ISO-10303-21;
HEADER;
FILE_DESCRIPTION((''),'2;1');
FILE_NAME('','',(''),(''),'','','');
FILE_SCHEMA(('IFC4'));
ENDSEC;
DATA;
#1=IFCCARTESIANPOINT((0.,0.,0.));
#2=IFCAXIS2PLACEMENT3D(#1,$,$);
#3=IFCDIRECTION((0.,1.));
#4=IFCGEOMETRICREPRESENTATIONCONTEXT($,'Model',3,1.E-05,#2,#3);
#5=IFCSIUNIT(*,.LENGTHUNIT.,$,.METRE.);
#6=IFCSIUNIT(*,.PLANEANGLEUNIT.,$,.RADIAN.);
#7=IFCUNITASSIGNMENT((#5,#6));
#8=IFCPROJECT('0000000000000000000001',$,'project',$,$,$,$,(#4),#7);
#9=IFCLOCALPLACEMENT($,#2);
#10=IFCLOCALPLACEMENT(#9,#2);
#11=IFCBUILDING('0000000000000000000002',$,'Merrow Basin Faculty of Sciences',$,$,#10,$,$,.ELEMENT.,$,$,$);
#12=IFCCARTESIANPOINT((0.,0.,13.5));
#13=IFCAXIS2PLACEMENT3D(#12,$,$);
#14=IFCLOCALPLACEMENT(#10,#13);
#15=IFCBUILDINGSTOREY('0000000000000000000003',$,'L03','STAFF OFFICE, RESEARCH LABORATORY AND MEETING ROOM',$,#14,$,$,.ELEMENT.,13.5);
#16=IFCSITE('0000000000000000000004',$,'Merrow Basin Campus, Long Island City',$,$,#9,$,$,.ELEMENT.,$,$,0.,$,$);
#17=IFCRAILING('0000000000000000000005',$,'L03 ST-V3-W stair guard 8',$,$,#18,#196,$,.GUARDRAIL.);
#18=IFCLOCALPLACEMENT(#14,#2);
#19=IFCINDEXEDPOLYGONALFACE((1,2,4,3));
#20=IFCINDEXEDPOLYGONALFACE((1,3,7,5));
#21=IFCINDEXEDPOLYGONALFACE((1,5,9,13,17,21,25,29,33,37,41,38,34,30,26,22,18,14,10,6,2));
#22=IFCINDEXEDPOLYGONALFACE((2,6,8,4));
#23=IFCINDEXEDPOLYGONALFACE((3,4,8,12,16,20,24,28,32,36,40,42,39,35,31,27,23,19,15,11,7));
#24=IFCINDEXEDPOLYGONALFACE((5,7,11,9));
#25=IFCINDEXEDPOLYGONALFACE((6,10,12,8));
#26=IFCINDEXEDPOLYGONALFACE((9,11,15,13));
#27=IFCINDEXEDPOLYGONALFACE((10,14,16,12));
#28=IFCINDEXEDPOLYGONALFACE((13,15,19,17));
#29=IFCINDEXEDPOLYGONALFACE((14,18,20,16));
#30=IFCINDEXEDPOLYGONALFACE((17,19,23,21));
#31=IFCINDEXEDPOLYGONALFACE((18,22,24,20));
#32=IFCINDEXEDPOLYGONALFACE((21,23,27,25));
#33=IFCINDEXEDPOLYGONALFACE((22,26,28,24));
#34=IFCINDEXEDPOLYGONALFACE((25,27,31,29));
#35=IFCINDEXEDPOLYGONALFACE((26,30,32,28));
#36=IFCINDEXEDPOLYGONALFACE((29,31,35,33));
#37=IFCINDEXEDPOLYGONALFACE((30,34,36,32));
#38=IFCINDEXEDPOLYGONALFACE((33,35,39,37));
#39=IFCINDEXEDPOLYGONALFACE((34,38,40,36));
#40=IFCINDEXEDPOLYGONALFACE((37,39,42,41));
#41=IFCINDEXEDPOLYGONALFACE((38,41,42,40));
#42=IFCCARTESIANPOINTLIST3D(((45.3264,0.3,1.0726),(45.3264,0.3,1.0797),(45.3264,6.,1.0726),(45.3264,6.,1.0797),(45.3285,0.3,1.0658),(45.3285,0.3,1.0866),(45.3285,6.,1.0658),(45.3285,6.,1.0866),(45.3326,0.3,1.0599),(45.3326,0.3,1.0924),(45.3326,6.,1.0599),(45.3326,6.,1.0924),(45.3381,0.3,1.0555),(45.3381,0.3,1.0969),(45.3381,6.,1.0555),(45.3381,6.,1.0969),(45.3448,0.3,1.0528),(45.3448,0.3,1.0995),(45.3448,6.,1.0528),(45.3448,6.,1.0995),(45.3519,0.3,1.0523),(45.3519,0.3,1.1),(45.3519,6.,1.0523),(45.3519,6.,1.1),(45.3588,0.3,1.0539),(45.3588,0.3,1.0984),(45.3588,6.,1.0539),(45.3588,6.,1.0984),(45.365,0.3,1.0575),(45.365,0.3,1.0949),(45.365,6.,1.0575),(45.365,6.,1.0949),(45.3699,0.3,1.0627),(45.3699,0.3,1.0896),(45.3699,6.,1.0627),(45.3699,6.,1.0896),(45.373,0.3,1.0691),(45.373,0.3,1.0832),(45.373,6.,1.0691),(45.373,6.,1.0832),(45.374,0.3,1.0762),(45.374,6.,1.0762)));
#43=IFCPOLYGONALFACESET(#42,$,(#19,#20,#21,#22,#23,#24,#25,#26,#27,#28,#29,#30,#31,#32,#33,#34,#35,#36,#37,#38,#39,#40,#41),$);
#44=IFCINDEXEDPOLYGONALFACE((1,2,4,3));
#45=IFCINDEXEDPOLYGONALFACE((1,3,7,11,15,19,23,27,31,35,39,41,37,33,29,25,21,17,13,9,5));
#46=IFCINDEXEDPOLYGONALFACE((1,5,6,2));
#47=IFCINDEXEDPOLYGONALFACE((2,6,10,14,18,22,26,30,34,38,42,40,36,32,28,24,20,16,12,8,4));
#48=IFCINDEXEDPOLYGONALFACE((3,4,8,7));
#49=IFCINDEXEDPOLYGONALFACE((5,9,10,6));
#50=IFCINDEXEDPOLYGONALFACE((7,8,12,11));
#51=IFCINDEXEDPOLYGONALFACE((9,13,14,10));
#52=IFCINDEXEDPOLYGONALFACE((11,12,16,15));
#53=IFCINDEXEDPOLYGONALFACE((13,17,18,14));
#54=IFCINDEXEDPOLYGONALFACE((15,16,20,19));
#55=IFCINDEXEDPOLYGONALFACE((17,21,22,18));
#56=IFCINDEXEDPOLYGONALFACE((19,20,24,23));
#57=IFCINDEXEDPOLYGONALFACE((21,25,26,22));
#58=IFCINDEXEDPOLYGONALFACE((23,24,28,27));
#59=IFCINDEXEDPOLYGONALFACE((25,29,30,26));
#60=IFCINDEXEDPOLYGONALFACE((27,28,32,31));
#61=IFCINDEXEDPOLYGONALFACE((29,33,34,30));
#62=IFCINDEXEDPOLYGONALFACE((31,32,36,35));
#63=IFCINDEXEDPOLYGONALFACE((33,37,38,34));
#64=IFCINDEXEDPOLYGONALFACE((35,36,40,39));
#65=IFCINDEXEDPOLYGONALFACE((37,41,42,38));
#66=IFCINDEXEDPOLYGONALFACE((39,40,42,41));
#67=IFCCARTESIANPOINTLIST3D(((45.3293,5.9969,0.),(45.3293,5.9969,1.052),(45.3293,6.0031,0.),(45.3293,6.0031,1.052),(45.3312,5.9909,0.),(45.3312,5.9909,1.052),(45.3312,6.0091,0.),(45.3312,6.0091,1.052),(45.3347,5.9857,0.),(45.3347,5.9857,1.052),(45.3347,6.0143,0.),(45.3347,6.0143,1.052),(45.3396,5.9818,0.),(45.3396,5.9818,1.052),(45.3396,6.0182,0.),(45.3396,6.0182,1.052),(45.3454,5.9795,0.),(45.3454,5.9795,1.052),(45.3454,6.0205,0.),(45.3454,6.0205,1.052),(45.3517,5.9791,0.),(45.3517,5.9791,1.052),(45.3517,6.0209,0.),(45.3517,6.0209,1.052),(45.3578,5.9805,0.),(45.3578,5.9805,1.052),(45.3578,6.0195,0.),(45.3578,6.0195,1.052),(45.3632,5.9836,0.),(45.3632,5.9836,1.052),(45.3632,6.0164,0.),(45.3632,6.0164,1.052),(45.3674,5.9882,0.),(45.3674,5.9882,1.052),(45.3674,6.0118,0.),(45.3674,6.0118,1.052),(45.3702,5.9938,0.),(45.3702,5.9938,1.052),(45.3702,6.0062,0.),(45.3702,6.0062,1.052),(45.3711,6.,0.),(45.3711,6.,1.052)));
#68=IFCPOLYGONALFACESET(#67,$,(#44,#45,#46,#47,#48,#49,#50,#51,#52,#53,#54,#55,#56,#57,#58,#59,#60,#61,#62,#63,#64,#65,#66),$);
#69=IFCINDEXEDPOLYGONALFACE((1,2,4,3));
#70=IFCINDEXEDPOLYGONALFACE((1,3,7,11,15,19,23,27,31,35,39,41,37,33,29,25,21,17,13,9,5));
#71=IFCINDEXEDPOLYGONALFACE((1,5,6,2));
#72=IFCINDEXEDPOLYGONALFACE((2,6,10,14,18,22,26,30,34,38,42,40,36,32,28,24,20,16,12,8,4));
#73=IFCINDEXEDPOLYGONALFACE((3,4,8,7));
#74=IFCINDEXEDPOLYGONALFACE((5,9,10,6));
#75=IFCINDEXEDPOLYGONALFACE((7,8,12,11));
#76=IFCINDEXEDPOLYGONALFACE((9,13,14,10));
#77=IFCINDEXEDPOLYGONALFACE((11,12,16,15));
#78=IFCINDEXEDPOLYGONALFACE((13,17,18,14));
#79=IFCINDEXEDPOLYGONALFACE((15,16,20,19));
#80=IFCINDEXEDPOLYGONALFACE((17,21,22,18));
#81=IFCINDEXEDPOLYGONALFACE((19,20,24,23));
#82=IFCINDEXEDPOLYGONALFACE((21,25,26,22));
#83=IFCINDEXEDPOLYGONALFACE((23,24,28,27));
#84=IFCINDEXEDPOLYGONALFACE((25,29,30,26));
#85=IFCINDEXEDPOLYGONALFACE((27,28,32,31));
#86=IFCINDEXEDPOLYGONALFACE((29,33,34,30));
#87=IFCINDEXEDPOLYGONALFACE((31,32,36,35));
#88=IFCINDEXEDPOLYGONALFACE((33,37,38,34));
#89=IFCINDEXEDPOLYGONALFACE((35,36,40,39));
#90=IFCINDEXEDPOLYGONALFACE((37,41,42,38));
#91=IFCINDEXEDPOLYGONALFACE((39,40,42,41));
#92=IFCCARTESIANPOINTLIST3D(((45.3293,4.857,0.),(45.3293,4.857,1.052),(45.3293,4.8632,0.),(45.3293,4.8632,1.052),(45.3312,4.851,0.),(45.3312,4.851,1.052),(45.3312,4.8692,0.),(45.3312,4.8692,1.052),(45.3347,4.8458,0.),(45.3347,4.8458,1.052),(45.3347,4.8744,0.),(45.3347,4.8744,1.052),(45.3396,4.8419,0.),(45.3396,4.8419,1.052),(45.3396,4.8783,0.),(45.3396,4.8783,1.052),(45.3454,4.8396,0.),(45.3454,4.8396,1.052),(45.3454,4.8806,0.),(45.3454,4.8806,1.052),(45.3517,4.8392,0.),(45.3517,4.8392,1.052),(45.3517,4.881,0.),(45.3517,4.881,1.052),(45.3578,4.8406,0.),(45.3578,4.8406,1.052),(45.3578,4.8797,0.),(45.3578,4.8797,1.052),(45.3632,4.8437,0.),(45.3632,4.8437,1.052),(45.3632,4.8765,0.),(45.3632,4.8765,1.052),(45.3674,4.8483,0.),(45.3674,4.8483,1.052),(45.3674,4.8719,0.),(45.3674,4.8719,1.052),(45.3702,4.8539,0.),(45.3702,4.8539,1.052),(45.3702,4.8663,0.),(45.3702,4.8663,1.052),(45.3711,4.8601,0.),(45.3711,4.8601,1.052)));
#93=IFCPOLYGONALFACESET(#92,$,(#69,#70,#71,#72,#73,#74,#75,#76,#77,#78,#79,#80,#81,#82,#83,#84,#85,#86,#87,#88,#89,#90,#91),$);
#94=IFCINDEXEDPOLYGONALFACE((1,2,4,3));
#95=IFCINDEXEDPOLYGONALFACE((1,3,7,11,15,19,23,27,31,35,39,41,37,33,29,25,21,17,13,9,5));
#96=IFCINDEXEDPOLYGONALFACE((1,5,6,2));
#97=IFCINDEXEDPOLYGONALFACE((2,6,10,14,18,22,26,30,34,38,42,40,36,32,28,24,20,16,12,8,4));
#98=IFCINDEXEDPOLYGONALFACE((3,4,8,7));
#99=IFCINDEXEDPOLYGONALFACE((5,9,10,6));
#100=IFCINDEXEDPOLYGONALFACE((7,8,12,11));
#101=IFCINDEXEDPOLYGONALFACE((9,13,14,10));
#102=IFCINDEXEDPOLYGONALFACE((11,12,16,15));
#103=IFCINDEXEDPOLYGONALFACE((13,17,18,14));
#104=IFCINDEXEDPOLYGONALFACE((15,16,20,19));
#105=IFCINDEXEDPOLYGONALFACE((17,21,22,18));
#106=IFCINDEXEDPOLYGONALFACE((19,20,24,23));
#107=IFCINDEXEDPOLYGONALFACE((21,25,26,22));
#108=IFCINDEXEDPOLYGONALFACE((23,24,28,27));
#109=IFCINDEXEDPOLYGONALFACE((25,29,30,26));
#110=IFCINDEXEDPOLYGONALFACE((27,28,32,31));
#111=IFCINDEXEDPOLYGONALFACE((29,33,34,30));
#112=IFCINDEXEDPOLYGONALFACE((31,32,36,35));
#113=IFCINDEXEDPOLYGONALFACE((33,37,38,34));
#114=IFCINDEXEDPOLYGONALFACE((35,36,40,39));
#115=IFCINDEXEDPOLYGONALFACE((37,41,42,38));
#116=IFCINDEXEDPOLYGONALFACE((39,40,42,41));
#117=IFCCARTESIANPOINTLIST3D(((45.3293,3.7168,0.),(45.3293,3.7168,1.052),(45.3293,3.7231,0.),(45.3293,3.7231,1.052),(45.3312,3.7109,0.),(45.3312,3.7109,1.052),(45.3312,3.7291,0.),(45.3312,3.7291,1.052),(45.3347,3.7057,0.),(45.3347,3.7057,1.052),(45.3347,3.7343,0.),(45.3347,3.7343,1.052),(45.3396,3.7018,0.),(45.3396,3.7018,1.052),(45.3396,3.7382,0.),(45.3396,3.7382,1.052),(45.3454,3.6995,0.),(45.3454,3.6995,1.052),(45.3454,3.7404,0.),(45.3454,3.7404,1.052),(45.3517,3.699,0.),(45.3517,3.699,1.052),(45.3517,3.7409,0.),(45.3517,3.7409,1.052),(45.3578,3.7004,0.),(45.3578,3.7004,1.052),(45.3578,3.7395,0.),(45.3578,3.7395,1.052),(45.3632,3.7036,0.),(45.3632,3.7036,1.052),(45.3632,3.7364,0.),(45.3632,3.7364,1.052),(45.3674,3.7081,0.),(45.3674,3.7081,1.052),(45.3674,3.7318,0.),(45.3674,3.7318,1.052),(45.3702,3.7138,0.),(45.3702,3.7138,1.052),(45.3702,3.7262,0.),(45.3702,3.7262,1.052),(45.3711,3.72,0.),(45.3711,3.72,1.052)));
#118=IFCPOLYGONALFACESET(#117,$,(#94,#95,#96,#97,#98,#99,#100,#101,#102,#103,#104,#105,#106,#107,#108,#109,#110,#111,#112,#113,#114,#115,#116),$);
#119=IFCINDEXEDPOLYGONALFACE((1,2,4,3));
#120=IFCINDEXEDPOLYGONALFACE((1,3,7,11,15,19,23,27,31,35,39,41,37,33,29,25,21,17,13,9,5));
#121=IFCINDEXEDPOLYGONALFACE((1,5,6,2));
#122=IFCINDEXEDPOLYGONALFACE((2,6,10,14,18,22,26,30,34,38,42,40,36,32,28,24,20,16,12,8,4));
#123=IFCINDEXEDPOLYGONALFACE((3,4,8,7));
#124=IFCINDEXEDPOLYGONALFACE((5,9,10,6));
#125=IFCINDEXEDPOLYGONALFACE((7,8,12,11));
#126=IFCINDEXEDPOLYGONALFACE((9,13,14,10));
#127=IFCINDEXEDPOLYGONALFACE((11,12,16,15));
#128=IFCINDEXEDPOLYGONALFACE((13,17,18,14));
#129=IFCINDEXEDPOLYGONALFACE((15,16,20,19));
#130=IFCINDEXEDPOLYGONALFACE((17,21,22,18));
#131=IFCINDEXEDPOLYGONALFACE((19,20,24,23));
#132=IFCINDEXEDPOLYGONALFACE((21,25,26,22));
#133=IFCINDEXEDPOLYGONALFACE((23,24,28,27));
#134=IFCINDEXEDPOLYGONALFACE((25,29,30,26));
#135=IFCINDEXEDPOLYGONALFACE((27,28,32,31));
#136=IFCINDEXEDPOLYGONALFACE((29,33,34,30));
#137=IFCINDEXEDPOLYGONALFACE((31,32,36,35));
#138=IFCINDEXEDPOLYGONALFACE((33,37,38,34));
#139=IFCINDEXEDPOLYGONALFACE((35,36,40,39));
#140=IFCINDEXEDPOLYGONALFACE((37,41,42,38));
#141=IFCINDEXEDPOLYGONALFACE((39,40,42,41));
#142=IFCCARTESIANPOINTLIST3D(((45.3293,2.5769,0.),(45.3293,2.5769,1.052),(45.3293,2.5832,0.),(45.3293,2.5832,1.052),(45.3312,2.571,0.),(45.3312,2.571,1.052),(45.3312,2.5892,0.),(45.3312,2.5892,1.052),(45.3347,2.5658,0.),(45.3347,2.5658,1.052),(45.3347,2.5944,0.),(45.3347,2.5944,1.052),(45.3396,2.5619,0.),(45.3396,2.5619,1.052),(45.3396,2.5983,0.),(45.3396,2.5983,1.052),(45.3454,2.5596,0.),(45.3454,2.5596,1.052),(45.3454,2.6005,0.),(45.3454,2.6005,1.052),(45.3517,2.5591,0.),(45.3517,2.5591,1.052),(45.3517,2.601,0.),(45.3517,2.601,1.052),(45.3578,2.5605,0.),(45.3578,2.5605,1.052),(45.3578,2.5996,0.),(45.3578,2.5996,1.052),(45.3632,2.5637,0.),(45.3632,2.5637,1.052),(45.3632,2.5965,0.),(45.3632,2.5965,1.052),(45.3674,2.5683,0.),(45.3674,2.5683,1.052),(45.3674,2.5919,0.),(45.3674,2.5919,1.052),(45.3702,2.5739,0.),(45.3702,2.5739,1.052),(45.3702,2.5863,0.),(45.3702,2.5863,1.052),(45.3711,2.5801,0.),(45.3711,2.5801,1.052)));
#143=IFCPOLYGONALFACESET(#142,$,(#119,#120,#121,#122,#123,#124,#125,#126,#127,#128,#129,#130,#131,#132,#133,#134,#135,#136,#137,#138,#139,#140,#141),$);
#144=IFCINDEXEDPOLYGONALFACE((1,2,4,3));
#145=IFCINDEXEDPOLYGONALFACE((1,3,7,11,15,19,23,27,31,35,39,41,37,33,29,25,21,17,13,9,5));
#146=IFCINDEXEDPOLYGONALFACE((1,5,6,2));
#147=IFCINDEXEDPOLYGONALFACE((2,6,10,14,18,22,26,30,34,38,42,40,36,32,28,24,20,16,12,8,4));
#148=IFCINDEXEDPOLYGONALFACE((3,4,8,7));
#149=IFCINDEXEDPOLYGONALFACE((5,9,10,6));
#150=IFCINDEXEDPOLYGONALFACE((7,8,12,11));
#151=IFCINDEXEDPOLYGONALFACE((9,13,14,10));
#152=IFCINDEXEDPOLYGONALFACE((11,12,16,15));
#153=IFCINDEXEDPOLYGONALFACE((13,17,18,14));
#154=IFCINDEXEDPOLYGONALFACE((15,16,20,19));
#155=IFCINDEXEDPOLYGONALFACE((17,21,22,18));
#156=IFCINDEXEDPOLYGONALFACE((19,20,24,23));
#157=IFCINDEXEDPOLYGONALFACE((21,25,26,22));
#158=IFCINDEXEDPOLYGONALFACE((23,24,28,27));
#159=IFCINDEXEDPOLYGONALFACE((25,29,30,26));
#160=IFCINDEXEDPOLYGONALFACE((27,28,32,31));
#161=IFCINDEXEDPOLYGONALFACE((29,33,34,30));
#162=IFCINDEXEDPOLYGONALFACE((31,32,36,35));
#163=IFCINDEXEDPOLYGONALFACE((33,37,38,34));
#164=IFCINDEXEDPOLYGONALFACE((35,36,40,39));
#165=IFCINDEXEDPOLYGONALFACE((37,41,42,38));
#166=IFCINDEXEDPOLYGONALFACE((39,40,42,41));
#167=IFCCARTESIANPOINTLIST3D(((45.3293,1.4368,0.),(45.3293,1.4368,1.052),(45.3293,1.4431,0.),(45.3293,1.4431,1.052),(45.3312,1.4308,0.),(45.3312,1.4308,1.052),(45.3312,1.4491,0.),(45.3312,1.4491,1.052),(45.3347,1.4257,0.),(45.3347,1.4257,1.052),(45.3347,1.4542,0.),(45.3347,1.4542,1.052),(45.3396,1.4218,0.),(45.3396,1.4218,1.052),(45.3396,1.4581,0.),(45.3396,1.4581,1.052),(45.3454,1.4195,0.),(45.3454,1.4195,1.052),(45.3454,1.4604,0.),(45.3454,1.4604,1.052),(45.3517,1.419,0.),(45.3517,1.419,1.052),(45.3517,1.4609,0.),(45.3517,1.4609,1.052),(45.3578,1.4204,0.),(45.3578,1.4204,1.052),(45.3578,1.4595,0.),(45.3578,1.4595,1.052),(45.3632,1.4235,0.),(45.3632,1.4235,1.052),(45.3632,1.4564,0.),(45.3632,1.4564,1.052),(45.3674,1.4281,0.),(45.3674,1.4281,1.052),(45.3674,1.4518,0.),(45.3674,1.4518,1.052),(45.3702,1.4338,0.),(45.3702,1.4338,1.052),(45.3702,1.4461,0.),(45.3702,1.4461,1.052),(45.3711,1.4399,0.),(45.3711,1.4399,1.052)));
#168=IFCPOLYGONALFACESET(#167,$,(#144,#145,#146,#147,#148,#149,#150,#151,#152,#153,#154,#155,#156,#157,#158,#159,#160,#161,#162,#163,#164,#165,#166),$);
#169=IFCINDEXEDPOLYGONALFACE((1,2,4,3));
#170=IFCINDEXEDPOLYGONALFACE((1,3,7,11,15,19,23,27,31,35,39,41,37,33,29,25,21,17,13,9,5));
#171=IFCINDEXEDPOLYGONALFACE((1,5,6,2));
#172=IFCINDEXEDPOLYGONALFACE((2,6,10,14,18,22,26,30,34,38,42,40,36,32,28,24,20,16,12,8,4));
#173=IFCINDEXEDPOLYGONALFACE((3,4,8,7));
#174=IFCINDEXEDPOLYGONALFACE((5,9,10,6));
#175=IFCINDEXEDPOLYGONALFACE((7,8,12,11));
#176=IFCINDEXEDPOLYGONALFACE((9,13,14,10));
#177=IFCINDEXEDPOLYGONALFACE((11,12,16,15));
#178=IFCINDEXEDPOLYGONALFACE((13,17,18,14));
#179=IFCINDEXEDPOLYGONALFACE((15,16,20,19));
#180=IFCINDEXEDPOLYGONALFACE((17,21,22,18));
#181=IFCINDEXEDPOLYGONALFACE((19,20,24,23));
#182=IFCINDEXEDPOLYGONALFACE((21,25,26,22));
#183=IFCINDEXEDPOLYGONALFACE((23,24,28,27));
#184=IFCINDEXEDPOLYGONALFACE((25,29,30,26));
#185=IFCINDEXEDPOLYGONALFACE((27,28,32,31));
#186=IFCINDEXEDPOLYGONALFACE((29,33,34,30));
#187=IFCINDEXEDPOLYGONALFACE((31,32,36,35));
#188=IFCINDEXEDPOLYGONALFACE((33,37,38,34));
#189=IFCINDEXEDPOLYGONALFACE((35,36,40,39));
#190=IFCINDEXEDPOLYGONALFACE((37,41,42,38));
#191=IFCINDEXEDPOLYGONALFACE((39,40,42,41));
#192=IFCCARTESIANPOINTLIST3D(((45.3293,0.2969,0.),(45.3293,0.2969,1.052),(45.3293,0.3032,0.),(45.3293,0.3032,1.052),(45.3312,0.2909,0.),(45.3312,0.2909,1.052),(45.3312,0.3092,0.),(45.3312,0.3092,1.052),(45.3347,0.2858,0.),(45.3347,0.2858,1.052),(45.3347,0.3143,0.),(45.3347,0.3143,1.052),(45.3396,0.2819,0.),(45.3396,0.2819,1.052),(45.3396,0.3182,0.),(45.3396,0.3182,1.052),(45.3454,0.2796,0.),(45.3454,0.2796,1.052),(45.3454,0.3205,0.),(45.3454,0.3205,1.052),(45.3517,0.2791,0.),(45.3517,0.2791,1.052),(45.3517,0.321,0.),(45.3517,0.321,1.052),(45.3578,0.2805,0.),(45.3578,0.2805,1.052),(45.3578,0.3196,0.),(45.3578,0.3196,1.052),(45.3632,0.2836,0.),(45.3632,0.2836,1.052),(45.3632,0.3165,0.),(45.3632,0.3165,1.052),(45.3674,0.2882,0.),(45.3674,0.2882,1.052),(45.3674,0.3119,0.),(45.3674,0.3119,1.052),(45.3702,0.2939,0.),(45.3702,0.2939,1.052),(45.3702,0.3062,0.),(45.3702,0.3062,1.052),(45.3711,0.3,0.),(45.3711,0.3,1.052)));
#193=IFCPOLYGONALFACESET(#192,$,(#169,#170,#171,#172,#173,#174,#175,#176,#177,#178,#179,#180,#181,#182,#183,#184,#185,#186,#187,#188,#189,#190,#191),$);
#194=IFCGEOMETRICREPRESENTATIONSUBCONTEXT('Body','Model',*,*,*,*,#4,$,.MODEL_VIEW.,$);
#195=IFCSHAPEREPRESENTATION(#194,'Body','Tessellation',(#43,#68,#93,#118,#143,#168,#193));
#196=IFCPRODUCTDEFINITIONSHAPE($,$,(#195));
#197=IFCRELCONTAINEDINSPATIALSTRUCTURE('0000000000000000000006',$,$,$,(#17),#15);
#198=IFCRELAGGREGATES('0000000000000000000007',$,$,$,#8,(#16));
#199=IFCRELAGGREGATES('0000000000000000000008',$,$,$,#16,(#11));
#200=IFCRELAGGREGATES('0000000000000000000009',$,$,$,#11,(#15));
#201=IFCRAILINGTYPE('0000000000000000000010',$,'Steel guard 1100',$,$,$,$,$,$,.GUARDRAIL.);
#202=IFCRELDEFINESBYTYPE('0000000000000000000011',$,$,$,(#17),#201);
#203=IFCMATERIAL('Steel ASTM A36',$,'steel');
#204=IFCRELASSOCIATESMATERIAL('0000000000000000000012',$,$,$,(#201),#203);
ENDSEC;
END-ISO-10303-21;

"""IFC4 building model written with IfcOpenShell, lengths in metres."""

from ifc_helpers import new_model, si_unit, direction, frame, origin, origin_2d, place, context, subcontext, project, spatial, circle, extrude, material, type_object, element, save


model = new_model("IFC4")

# Units and contexts
model_context = context("Model", 3, precision=1e-05, world=origin(), true_north=direction((0.0, 1.0)))
body_context = subcontext(model_context, "Body", "Model", "MODEL_VIEW")
ifc_project = project(units=[si_unit("LENGTHUNIT", "METRE"), si_unit("PLANEANGLEUNIT", "RADIAN")], contexts=[model_context])

# Site, building, storey
site_placement = place(None, origin())
site = spatial("IfcSite", under=ifc_project, at=site_placement, Name="Merrow Basin Campus, Long Island City", CompositionType="ELEMENT", RefElevation=0.0)
building_placement = place(site_placement, origin())
building = spatial("IfcBuilding", under=site, at=building_placement, Name="Merrow Basin Faculty of Sciences", CompositionType="ELEMENT")
storey_placement = place(building_placement, frame((0.0, 0.0, 13.5)))
storey = spatial("IfcBuildingStorey", under=building, at=storey_placement, Name="L03", Description="STAFF OFFICE, RESEARCH LABORATORY AND MEETING ROOM", CompositionType="ELEMENT", Elevation=13.5)

# Railing
ifc_material_1 = material(Name="Steel ASTM A36", Category="steel")
railing_type_1 = type_object("IfcRailingType", Name="Steel guard 1100", PredefinedType="GUARDRAIL", material=ifc_material_1)
railing_1_placement = place(storey_placement, frame((45.3501, 6.0, 0.0)))
element("IfcRailing", 1, at=railing_1_placement, inside=storey, type_object=railing_type_1, Name="L03 ST-V3-W stair guard 8", PredefinedType="GUARDRAIL", context=body_context, shape_type="SweptSolid", body=[
    extrude(circle(Radius=0.0239, at=origin_2d()), frame((0.0, 0.0, 1.0762), z_axis=(0.0, -1.0, 0.0), x_axis=(1.0, 0.0, 0.0)), (0.0, 0.0, 1.0), 5.7),
    extrude(circle(Radius=0.021, at=origin_2d()), origin(), (0.0, 0.0, 1.0), 1.052),
    extrude(circle(Radius=0.021, at=origin_2d()), frame((0.0, -1.1399, 0.0)), (0.0, 0.0, 1.0), 1.052),
    extrude(circle(Radius=0.021, at=origin_2d()), frame((0.0, -2.28, 0.0)), (0.0, 0.0, 1.0), 1.052),
    extrude(circle(Radius=0.021, at=origin_2d()), frame((0.0, -3.4199, 0.0)), (0.0, 0.0, 1.0), 1.052),
    extrude(circle(Radius=0.021, at=origin_2d()), frame((0.0, -4.5601, 0.0)), (0.0, 0.0, 1.0), 1.052),
    extrude(circle(Radius=0.021, at=origin_2d()), frame((0.0, -5.7, 0.0)), (0.0, 0.0, 1.0), 1.052),
])

save(model, "model.ifc")
